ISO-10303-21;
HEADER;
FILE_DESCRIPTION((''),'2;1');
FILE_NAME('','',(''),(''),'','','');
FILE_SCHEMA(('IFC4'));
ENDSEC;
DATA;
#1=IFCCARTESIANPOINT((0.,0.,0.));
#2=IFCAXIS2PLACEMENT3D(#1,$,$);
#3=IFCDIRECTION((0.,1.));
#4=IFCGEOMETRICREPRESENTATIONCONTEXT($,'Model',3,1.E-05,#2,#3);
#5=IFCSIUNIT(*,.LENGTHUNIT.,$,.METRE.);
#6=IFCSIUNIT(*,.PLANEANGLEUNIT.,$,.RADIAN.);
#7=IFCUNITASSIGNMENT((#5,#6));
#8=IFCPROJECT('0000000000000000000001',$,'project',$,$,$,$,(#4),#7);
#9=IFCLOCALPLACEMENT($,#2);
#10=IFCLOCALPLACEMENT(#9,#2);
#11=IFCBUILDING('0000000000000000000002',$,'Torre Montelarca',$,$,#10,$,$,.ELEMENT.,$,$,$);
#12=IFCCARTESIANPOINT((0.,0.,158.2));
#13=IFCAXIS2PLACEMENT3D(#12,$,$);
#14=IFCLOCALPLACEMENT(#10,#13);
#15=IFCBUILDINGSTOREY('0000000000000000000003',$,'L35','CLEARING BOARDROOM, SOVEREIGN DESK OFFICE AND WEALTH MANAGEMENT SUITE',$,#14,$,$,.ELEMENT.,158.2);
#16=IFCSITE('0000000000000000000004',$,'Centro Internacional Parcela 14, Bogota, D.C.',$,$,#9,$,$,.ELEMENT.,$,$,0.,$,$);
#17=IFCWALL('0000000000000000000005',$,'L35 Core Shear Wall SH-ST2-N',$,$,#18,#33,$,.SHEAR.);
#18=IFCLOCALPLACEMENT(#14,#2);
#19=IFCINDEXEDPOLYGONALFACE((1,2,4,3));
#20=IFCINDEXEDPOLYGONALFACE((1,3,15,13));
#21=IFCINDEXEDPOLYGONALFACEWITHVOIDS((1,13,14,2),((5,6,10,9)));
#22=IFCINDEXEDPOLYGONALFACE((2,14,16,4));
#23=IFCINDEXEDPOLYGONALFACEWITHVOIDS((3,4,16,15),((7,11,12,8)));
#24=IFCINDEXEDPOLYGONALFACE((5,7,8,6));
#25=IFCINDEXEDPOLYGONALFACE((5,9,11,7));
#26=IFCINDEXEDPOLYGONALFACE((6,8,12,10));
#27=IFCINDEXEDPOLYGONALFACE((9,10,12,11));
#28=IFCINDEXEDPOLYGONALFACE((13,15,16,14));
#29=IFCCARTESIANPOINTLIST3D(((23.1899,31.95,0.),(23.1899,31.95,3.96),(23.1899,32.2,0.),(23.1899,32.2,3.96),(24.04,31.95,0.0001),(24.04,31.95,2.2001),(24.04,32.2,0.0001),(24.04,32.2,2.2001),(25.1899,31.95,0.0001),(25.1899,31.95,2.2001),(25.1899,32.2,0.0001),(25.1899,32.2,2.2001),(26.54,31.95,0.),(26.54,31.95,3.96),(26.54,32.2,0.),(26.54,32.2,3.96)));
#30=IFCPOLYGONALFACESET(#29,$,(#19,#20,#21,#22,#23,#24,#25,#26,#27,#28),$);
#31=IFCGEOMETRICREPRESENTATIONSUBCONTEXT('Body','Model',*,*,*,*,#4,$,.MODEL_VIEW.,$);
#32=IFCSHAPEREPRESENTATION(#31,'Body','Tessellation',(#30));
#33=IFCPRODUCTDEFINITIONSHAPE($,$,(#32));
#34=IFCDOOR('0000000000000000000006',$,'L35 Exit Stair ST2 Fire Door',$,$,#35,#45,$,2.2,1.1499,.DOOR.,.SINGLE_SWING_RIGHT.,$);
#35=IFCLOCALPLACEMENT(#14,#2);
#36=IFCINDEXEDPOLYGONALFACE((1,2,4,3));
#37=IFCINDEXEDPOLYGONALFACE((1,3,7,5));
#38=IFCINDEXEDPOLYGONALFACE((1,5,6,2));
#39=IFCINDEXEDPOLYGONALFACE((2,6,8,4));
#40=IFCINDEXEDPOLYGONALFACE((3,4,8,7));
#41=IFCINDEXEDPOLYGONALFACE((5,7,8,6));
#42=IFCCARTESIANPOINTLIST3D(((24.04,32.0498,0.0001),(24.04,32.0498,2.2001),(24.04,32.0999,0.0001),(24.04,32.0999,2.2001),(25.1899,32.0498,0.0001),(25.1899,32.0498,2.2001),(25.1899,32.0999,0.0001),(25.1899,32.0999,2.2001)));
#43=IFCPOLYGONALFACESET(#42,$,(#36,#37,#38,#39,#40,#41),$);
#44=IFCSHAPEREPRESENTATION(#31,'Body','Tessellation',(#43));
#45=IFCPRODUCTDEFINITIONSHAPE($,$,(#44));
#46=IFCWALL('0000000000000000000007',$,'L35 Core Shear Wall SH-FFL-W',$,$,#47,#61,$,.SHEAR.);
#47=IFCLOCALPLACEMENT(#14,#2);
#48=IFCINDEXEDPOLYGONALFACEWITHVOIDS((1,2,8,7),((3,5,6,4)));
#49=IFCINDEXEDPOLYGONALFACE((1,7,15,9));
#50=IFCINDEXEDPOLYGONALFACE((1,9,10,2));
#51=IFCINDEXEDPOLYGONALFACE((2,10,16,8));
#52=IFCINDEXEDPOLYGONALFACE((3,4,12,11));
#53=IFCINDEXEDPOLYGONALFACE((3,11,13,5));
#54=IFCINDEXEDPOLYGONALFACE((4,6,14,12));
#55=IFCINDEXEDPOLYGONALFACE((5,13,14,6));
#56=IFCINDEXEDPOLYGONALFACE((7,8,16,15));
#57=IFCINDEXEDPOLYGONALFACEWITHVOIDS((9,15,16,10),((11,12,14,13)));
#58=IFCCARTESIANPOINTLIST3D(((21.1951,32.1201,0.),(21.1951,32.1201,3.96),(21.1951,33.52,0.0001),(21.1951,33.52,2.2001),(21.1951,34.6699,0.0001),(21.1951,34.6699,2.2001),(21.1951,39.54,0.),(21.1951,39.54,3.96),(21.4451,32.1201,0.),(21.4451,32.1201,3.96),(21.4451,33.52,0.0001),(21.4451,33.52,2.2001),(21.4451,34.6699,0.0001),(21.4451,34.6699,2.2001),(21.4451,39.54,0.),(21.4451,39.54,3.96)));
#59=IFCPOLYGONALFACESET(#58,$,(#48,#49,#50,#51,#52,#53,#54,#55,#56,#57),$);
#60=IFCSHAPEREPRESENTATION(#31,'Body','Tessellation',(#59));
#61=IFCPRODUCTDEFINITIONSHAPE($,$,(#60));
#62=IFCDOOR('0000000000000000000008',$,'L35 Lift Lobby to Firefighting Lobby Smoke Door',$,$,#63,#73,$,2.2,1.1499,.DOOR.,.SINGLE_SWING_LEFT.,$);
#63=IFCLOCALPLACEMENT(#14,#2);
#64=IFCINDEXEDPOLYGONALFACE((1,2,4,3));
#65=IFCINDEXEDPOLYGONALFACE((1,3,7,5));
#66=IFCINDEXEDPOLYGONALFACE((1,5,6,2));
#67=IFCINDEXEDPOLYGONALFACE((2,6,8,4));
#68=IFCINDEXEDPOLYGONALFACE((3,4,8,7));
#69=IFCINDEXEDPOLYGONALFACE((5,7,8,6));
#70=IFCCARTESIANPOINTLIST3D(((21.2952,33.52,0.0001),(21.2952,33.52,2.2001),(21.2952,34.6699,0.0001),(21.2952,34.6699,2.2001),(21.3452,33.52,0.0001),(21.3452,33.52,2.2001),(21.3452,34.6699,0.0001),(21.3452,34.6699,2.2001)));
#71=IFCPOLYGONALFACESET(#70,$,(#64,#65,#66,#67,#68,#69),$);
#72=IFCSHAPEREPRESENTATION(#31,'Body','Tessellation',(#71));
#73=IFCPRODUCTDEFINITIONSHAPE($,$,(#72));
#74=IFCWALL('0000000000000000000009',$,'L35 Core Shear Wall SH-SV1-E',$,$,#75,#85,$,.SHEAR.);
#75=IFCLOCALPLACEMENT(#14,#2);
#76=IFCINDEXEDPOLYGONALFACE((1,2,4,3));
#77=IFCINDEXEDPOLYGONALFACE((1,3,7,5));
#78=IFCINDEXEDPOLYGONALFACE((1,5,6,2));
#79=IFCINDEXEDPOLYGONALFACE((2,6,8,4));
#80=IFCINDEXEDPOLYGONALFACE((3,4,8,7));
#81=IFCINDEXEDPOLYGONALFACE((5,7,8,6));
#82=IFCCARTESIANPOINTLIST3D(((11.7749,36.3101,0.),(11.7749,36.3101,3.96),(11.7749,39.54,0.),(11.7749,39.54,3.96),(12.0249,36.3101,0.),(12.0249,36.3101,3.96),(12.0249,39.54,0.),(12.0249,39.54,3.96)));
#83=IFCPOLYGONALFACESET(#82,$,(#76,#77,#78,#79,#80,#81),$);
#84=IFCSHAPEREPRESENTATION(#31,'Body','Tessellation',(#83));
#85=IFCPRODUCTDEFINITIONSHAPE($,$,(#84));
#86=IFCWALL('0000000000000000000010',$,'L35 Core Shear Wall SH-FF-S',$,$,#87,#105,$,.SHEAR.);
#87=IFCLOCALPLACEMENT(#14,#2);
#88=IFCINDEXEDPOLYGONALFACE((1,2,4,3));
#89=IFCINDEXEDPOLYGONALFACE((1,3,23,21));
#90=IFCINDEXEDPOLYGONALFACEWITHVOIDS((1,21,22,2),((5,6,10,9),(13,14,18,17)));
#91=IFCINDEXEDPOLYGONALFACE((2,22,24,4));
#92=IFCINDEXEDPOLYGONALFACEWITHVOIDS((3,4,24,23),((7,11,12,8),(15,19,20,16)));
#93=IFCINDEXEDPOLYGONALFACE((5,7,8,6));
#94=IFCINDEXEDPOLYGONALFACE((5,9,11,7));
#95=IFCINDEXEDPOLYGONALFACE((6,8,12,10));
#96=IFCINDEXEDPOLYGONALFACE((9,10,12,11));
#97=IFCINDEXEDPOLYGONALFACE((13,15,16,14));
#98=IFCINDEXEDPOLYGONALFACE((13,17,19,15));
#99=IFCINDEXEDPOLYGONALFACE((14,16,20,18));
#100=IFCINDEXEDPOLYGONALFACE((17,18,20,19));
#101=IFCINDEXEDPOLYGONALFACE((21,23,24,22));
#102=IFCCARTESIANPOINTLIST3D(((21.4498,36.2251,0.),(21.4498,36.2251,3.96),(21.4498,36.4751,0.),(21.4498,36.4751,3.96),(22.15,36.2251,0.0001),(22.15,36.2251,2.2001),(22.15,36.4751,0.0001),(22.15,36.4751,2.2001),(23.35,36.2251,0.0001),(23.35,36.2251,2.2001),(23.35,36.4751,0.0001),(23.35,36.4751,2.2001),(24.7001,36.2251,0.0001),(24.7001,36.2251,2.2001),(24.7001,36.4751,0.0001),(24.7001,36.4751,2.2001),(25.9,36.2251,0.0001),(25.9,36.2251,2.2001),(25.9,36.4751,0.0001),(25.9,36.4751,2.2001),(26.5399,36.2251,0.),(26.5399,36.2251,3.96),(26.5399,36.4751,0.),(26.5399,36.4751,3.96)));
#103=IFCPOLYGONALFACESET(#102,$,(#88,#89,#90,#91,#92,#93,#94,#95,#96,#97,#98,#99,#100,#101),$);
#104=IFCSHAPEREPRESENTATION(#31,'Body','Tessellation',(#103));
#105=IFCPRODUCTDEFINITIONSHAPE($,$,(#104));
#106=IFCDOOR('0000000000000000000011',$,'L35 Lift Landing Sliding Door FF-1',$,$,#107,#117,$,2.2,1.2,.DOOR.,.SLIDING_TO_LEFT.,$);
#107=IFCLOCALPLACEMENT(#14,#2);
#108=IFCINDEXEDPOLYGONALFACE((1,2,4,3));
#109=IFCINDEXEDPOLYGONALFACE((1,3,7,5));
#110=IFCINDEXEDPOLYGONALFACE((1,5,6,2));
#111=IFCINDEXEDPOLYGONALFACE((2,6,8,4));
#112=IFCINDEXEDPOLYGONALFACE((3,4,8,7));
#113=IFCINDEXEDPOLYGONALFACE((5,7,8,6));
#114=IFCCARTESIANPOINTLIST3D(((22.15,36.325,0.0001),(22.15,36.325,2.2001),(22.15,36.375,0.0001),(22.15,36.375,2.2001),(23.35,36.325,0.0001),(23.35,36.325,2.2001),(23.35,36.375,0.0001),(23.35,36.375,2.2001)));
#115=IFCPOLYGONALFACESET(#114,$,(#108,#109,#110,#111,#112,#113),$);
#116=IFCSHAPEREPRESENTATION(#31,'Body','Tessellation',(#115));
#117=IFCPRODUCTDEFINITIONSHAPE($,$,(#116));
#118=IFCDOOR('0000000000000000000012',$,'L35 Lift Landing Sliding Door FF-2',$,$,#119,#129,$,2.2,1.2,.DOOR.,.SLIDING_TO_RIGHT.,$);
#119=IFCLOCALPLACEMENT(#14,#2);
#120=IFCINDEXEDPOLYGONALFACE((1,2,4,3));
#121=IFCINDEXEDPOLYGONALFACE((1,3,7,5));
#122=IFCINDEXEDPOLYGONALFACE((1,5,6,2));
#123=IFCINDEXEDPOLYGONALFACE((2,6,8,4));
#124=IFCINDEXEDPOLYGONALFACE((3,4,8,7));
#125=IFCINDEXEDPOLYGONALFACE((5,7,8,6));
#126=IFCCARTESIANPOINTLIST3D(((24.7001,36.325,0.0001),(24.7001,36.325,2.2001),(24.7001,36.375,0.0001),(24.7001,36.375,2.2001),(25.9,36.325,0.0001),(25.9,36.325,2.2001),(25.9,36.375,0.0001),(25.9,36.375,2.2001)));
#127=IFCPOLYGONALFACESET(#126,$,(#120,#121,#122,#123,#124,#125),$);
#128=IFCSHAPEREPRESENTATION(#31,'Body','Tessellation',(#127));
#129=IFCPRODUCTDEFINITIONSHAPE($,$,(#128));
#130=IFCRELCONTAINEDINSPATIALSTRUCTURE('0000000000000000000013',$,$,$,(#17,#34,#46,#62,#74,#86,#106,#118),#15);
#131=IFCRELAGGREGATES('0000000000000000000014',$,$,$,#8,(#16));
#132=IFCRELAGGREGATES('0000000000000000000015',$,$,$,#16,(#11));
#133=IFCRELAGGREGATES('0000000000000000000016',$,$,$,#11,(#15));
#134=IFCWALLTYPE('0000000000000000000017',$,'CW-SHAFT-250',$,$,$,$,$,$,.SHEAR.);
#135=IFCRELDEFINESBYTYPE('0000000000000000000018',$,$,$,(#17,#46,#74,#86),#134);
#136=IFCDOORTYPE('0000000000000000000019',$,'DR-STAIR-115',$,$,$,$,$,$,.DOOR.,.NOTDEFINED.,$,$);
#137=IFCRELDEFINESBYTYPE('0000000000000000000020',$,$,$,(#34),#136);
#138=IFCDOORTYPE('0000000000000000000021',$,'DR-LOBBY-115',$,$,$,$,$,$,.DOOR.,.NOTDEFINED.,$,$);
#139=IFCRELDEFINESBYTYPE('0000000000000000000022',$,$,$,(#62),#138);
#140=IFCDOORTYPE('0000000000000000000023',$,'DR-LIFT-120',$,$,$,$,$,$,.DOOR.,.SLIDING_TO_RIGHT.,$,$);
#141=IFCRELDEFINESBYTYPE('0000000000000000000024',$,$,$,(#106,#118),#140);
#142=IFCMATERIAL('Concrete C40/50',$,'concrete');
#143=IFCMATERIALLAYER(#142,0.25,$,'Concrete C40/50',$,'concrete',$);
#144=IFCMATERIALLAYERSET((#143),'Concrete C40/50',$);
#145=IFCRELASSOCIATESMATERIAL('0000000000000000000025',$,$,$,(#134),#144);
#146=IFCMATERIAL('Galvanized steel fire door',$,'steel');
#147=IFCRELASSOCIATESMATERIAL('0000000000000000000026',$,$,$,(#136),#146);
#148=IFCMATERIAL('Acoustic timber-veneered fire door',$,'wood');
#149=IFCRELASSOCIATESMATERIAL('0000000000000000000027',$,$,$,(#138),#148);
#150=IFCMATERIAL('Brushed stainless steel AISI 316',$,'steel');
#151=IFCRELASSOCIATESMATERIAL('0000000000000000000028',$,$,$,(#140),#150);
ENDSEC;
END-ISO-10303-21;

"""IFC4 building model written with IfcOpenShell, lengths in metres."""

from ifc_helpers import new_model, si_unit, direction, frame, frame_2d, origin, place, context, subcontext, project, spatial, rectangle, extrude, source, transform, mapped, material, layer, layer_set, type_object, element, fill, save


model = new_model("IFC4")

# Units and contexts
model_context = context("Model", 3, precision=1e-05, world=origin(), true_north=direction((0.0, 1.0)))
body_context = subcontext(model_context, "Body", "Model", "MODEL_VIEW")
ifc_project = project(units=[si_unit("LENGTHUNIT", "METRE"), si_unit("PLANEANGLEUNIT", "RADIAN")], contexts=[model_context])

# Site, building, storey
site_placement = place(None, origin())
site = spatial("IfcSite", under=ifc_project, at=site_placement, Name="Centro Internacional Parcela 14, Bogota, D.C.", CompositionType="ELEMENT", RefElevation=0.0)
building_placement = place(site_placement, origin())
building = spatial("IfcBuilding", under=site, at=building_placement, Name="Torre Montelarca", CompositionType="ELEMENT")
storey_placement = place(building_placement, frame((0.0, 0.0, 158.2)))
storey = spatial("IfcBuildingStorey", under=building, at=storey_placement, Name="L35", Description="CLEARING BOARDROOM, SOVEREIGN DESK OFFICE AND WEALTH MANAGEMENT SUITE", CompositionType="ELEMENT", Elevation=158.2)

# Walls, openings, doors
ifc_material_1 = material(Name="Concrete C40/50", Category="concrete")
ifc_layer_1 = layer(ifc_material_1, 0.25, Name="Concrete C40/50", Category="concrete")
ifc_layer_set_1 = layer_set([ifc_layer_1], Name="Concrete C40/50")
wall_type_1 = type_object("IfcWallType", Name="CW-SHAFT-250", PredefinedType="SHEAR", material=ifc_layer_set_1)
wall_1_placement = place(storey_placement, frame((23.1899, 32.075, 0.0), z_axis=(0.0, 0.0, 1.0), x_axis=(1.0, 0.0, 0.0)))
wall_1 = element("IfcWall", 1, at=wall_1_placement, inside=storey, type_object=wall_type_1, Name="L35 Core Shear Wall SH-ST2-N", PredefinedType="SHEAR", context=body_context, shape_type="SweptSolid", body=[
    extrude(rectangle(XDim=3.3501, YDim=0.25, at=frame_2d((1.675, 0.0))), origin(), (0.0, 0.0, 1.0), 3.96),
])
opening_1_placement = place(wall_1_placement, frame((0.8501, 0.0, 0.0)))
opening_1 = element("IfcOpeningElement", 2, at=opening_1_placement, cuts=wall_1, PredefinedType="OPENING", context=body_context, shape_type="SweptSolid", body=[
    extrude(rectangle(XDim=1.1499, YDim=2.2, at=frame_2d((0.575, 1.1001))), frame((0.0, 0.135, 0.0), z_axis=(0.0, -1.0, 0.0), x_axis=(1.0, 0.0, 0.0)), (0.0, 0.0, 1.0), 0.27),
])
ifc_material_2 = material(Name="Galvanized steel fire door", Category="steel")
door_type_1 = type_object("IfcDoorType", Name="DR-STAIR-115", OperationType="NOTDEFINED", PredefinedType="DOOR", material=ifc_material_2)
shared_shape_1 = source(origin(), body_context, "Body", "SweptSolid", [
    extrude(rectangle(XDim=1.1499, YDim=2.2, at=frame_2d((0.575, 1.1001))), frame((0.0, 0.0249, 0.0), z_axis=(0.0, -1.0, 0.0), x_axis=(1.0, 0.0, 0.0)), (0.0, 0.0, 1.0), 0.05),
])
door_1_placement = place(opening_1_placement, origin())
door_1 = element("IfcDoor", 3, at=door_1_placement, inside=storey, type_object=door_type_1, Name="L35 Exit Stair ST2 Fire Door", OperationType="SINGLE_SWING_RIGHT", OverallHeight=2.2, OverallWidth=1.1499, PredefinedType="DOOR", context=body_context, shape_type="MappedRepresentation", body=[
    mapped(shared_shape_1, transform((0.0, 0.0, 0.0), scale=1.0)),
])
fill(opening_1, door_1)
wall_2_placement = place(storey_placement, frame((21.3201, 32.1201, 0.0), z_axis=(0.0, 0.0, 1.0), x_axis=(0.0, 1.0, 0.0)))
wall_2 = element("IfcWall", 4, at=wall_2_placement, inside=storey, type_object=wall_type_1, Name="L35 Core Shear Wall SH-FFL-W", PredefinedType="SHEAR", context=body_context, shape_type="SweptSolid", body=[
    extrude(rectangle(XDim=7.4199, YDim=0.25, at=frame_2d((3.71, 0.0))), origin(), (0.0, 0.0, 1.0), 3.96),
])
opening_2_placement = place(wall_2_placement, frame((1.3999, 0.0, 0.0)))
opening_2 = element("IfcOpeningElement", 5, at=opening_2_placement, cuts=wall_2, PredefinedType="OPENING", context=body_context, shape_type="SweptSolid", body=[
    extrude(rectangle(XDim=1.1499, YDim=2.2, at=frame_2d((0.575, 1.1001))), frame((0.0, 0.135, 0.0), z_axis=(0.0, -1.0, 0.0), x_axis=(1.0, 0.0, 0.0)), (0.0, 0.0, 1.0), 0.27),
])
ifc_material_3 = material(Name="Acoustic timber-veneered fire door", Category="wood")
door_type_2 = type_object("IfcDoorType", Name="DR-LOBBY-115", OperationType="NOTDEFINED", PredefinedType="DOOR", material=ifc_material_3)
shared_shape_2 = source(origin(), body_context, "Body", "SweptSolid", [
    extrude(rectangle(XDim=1.1499, YDim=2.2, at=frame_2d((0.575, 1.1001))), frame((0.0, 0.0249, 0.0), z_axis=(0.0, -1.0, 0.0), x_axis=(1.0, 0.0, 0.0)), (0.0, 0.0, 1.0), 0.05),
])
door_2_placement = place(opening_2_placement, origin())
door_2 = element("IfcDoor", 6, at=door_2_placement, inside=storey, type_object=door_type_2, Name="L35 Lift Lobby to Firefighting Lobby Smoke Door", OperationType="SINGLE_SWING_LEFT", OverallHeight=2.2, OverallWidth=1.1499, PredefinedType="DOOR", context=body_context, shape_type="MappedRepresentation", body=[
    mapped(shared_shape_2, transform((0.0, 0.0, 0.0), scale=1.0)),
])
fill(opening_2, door_2)

# Wall
wall_3_placement = place(storey_placement, frame((11.8999, 36.3101, 0.0), z_axis=(0.0, 0.0, 1.0), x_axis=(0.0, 1.0, 0.0)))
element("IfcWall", 7, at=wall_3_placement, inside=storey, type_object=wall_type_1, Name="L35 Core Shear Wall SH-SV1-E", PredefinedType="SHEAR", context=body_context, shape_type="SweptSolid", body=[
    extrude(rectangle(XDim=3.23, YDim=0.25, at=frame_2d((1.615, 0.0))), origin(), (0.0, 0.0, 1.0), 3.96),
])

# Wall, openings, doors
wall_4_placement = place(storey_placement, frame((21.45, 36.3501, 0.0), z_axis=(0.0, 0.0, 1.0), x_axis=(1.0, 0.0, 0.0)))
wall_4 = element("IfcWall", 8, at=wall_4_placement, inside=storey, type_object=wall_type_1, Name="L35 Core Shear Wall SH-FF-S", PredefinedType="SHEAR", context=body_context, shape_type="SweptSolid", body=[
    extrude(rectangle(XDim=5.0901, YDim=0.25, at=frame_2d((2.5449, 0.0))), origin(), (0.0, 0.0, 1.0), 3.96),
])
opening_3_placement = place(wall_4_placement, frame((0.7, 0.0, 0.0)))
opening_3 = element("IfcOpeningElement", 9, at=opening_3_placement, cuts=wall_4, PredefinedType="OPENING", context=body_context, shape_type="SweptSolid", body=[
    extrude(rectangle(XDim=1.2, YDim=2.2, at=frame_2d((0.6001, 1.1001))), frame((0.0, 0.135, 0.0), z_axis=(0.0, -1.0, 0.0), x_axis=(1.0, 0.0, 0.0)), (0.0, 0.0, 1.0), 0.27),
])
opening_4_placement = place(wall_4_placement, frame((3.25, 0.0, 0.0)))
opening_4 = element("IfcOpeningElement", 10, at=opening_4_placement, cuts=wall_4, PredefinedType="OPENING", context=body_context, shape_type="SweptSolid", body=[
    extrude(rectangle(XDim=1.2, YDim=2.2, at=frame_2d((0.6001, 1.1001))), frame((0.0, 0.135, 0.0), z_axis=(0.0, -1.0, 0.0), x_axis=(1.0, 0.0, 0.0)), (0.0, 0.0, 1.0), 0.27),
])
ifc_material_4 = material(Name="Brushed stainless steel AISI 316", Category="steel")
door_type_3 = type_object("IfcDoorType", Name="DR-LIFT-120", OperationType="SLIDING_TO_RIGHT", PredefinedType="DOOR", material=ifc_material_4)
shared_shape_3 = source(origin(), body_context, "Body", "SweptSolid", [
    extrude(rectangle(XDim=1.2, YDim=2.2, at=frame_2d((0.6001, 1.1001))), frame((0.0, 0.0249, 0.0), z_axis=(0.0, -1.0, 0.0), x_axis=(1.0, 0.0, 0.0)), (0.0, 0.0, 1.0), 0.05),
])
door_3_placement = place(opening_3_placement, origin())
door_3 = element("IfcDoor", 11, at=door_3_placement, inside=storey, type_object=door_type_3, Name="L35 Lift Landing Sliding Door FF-1", OperationType="SLIDING_TO_LEFT", OverallHeight=2.2, OverallWidth=1.2, PredefinedType="DOOR", context=body_context, shape_type="MappedRepresentation", body=[
    mapped(shared_shape_3, transform((0.0, 0.0, 0.0), scale=1.0)),
])
fill(opening_3, door_3)
door_4_placement = place(opening_4_placement, origin())
door_4 = element("IfcDoor", 12, at=door_4_placement, inside=storey, type_object=door_type_3, Name="L35 Lift Landing Sliding Door FF-2", OperationType="SLIDING_TO_RIGHT", OverallHeight=2.2, OverallWidth=1.2, PredefinedType="DOOR", context=body_context, shape_type="MappedRepresentation", body=[
    mapped(shared_shape_3, transform((0.0, 0.0, 0.0), scale=1.0)),
])
fill(opening_4, door_4)

save(model, "model.ifc")
